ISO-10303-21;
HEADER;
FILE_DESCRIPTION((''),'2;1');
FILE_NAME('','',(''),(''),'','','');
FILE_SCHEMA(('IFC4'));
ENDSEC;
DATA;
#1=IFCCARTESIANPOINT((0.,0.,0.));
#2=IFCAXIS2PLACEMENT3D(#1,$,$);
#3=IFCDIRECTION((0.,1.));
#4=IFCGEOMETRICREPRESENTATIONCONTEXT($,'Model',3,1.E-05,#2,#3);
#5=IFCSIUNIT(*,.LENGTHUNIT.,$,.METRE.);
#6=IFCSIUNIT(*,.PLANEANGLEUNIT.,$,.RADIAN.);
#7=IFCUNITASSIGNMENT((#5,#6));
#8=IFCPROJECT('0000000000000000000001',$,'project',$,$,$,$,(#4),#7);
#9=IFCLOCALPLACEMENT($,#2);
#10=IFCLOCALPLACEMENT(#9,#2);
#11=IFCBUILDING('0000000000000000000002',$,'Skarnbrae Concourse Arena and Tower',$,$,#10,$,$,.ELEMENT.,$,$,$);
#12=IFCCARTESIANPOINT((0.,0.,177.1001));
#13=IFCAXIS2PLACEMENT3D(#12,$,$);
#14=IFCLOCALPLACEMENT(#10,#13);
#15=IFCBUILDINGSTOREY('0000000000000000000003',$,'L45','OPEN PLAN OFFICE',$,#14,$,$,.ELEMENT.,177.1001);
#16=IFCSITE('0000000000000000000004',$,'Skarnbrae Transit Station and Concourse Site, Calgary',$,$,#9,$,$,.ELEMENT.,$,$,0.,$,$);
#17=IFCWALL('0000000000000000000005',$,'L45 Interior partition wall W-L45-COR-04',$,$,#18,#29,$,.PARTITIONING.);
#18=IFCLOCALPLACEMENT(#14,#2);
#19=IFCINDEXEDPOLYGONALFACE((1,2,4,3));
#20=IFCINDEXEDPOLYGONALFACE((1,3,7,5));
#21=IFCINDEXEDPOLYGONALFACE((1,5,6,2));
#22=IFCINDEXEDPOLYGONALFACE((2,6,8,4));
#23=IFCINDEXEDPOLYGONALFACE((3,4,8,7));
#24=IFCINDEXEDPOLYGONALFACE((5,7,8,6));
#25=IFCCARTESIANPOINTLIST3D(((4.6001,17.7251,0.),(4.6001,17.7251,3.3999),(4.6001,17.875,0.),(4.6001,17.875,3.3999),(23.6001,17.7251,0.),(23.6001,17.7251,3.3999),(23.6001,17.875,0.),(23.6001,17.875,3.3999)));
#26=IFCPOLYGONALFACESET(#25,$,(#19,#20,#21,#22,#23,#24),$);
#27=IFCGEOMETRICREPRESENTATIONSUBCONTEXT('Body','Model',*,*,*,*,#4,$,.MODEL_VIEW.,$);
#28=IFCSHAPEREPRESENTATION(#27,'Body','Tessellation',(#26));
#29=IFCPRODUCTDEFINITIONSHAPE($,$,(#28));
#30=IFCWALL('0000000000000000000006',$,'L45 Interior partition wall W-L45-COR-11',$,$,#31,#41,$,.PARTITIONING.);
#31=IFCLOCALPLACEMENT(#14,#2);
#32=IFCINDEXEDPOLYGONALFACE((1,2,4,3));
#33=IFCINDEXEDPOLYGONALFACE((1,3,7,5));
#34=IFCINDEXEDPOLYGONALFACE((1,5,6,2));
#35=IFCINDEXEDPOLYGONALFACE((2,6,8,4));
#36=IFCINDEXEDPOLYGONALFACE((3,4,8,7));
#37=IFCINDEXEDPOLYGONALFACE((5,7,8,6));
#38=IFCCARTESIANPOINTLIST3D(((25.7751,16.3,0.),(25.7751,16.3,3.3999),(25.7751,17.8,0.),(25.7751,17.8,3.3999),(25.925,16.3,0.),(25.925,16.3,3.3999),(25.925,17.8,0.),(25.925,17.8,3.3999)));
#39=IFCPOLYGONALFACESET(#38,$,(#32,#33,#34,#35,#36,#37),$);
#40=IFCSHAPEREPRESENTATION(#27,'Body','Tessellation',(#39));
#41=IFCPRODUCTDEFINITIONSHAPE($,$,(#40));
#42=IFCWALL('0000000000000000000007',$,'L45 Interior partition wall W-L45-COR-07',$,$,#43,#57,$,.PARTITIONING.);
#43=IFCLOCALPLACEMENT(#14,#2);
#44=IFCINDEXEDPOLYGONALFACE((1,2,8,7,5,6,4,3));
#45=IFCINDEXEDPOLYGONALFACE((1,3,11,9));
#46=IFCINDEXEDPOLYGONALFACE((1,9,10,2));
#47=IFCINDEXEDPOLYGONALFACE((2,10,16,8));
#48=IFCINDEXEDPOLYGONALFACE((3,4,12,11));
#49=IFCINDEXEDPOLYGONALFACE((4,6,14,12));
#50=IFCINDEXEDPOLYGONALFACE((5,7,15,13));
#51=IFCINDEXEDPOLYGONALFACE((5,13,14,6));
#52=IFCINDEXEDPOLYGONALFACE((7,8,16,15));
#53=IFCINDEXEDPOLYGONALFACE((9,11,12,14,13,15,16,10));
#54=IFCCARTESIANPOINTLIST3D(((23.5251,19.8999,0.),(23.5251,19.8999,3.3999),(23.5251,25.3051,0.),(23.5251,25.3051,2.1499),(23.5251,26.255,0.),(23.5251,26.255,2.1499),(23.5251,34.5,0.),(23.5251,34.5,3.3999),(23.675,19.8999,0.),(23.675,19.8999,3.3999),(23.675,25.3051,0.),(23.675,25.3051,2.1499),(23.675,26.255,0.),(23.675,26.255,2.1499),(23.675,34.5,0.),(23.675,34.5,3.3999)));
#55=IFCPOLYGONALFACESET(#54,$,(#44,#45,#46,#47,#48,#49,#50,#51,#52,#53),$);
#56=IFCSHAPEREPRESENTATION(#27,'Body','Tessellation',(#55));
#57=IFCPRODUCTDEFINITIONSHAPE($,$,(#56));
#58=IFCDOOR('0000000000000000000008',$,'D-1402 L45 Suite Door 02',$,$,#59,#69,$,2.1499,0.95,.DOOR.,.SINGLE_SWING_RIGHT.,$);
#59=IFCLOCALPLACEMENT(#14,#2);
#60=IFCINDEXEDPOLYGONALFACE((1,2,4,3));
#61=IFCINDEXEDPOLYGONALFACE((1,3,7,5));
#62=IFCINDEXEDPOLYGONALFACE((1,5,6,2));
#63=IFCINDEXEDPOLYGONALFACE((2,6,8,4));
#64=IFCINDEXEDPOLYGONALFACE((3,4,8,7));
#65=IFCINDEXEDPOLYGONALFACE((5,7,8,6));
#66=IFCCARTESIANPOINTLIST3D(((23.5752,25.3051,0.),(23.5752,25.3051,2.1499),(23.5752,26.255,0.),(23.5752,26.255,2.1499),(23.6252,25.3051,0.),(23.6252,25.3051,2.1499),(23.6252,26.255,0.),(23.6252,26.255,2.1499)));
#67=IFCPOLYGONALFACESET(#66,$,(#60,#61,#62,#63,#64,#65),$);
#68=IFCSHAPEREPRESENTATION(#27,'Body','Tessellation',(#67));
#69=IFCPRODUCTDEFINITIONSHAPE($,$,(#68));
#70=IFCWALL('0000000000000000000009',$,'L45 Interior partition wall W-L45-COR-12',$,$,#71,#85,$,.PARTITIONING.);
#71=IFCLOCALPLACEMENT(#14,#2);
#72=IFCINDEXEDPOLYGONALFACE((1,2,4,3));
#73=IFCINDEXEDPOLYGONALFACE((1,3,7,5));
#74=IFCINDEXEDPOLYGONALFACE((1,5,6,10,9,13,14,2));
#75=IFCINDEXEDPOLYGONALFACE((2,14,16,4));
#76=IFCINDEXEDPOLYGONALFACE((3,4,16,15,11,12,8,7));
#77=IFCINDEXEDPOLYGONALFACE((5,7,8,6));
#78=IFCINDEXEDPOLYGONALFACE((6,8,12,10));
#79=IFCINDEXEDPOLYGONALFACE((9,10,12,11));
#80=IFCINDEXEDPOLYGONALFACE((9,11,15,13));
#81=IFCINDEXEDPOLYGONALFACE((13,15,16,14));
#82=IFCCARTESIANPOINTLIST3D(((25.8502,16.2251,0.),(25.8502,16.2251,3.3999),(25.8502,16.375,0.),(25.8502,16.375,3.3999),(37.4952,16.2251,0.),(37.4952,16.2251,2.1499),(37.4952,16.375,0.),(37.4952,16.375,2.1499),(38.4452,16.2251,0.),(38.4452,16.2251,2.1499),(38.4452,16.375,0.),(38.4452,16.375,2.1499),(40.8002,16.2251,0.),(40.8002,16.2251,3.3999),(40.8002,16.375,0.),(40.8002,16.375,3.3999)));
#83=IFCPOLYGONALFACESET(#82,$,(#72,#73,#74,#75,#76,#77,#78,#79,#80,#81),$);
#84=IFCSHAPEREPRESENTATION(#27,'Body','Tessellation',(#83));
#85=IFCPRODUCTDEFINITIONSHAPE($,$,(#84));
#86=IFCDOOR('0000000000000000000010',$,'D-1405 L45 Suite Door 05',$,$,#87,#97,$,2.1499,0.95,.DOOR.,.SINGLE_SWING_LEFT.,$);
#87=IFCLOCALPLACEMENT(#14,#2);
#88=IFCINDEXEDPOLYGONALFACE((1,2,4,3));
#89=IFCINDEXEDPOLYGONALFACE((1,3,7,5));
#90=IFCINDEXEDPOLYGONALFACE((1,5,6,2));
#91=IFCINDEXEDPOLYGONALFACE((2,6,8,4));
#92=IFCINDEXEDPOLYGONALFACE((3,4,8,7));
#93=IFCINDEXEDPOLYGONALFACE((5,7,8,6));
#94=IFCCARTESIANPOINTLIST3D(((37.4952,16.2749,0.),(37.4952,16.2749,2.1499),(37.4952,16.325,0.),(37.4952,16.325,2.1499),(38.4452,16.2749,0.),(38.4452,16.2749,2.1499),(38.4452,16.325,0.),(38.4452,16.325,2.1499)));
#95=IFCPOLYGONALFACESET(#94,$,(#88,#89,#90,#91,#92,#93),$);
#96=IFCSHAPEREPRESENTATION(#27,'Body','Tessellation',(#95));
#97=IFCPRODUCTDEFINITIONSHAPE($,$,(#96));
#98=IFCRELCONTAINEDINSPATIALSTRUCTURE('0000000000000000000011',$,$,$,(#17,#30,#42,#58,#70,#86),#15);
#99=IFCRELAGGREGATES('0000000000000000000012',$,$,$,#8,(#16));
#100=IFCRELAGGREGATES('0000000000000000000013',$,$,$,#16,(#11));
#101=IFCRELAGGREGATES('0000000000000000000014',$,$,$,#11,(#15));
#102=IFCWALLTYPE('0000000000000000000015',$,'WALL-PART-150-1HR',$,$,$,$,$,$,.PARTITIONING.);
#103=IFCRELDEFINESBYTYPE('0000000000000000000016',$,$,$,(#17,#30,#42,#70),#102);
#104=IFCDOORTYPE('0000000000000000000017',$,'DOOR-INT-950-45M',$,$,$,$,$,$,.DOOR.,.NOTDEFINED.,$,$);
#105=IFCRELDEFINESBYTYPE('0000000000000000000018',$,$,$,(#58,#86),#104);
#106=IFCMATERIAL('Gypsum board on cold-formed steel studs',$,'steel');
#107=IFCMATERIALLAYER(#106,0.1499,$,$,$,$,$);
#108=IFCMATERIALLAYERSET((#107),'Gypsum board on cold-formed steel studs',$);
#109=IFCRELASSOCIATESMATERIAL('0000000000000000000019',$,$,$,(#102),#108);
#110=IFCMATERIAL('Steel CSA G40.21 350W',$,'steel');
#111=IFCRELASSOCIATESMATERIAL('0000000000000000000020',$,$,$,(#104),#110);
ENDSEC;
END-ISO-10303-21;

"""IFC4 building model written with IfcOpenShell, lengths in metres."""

from ifc_helpers import new_model, si_unit, direction, frame, frame_2d, origin, place, context, subcontext, project, spatial, rectangle, extrude, source, transform, mapped, material, layer, layer_set, type_object, element, fill, save


model = new_model("IFC4")

# Units and contexts
model_context = context("Model", 3, precision=1e-05, world=origin(), true_north=direction((0.0, 1.0)))
body_context = subcontext(model_context, "Body", "Model", "MODEL_VIEW")
ifc_project = project(units=[si_unit("LENGTHUNIT", "METRE"), si_unit("PLANEANGLEUNIT", "RADIAN")], contexts=[model_context])

# Site, building, storey
site_placement = place(None, origin())
site = spatial("IfcSite", under=ifc_project, at=site_placement, Name="Skarnbrae Transit Station and Concourse Site, Calgary", CompositionType="ELEMENT", RefElevation=0.0)
building_placement = place(site_placement, origin())
building = spatial("IfcBuilding", under=site, at=building_placement, Name="Skarnbrae Concourse Arena and Tower", CompositionType="ELEMENT")
storey_placement = place(building_placement, frame((0.0, 0.0, 177.1001)))
storey = spatial("IfcBuildingStorey", under=building, at=storey_placement, Name="L45", Description="OPEN PLAN OFFICE", CompositionType="ELEMENT", Elevation=177.1001)

# Shared definitions
ifc_material_1 = material(Name="Steel CSA G40.21 350W", Category="steel")

# Shared definitions
ifc_material_2 = material(Name="Gypsum board on cold-formed steel studs", Category="steel")

# Walls
ifc_layer_1 = layer(ifc_material_2, 0.1499)
ifc_layer_set_1 = layer_set([ifc_layer_1], Name="Gypsum board on cold-formed steel studs")
wall_type_1 = type_object("IfcWallType", Name="WALL-PART-150-1HR", PredefinedType="PARTITIONING", material=ifc_layer_set_1)
shared_shape_1 = source(origin(), body_context, "Body", "SweptSolid", [
    extrude(rectangle(XDim=19.0, YDim=0.1499, at=frame_2d((9.5, 0.0))), origin(), (0.0, 0.0, 1.0), 3.3999),
])
wall_1_placement = place(storey_placement, frame((23.6001, 17.8, 0.0), z_axis=(0.0, 0.0, 1.0), x_axis=(-1.0, 0.0, 0.0)))
element("IfcWall", 1, at=wall_1_placement, inside=storey, type_object=wall_type_1, Name="L45 Interior partition wall W-L45-COR-04", PredefinedType="PARTITIONING", context=body_context, shape_type="MappedRepresentation", body=[
    mapped(shared_shape_1, transform((0.0, 0.0, 0.0))),
])
shared_shape_2 = source(origin(), body_context, "Body", "SweptSolid", [
    extrude(rectangle(XDim=1.5, YDim=0.1499, at=frame_2d((0.75, 0.0))), origin(), (0.0, 0.0, 1.0), 3.3999),
])
wall_2_placement = place(storey_placement, frame((25.8501, 17.8, 0.0), z_axis=(0.0, 0.0, 1.0), x_axis=(0.0, -1.0, 0.0)))
element("IfcWall", 2, at=wall_2_placement, inside=storey, type_object=wall_type_1, Name="L45 Interior partition wall W-L45-COR-11", PredefinedType="PARTITIONING", context=body_context, shape_type="MappedRepresentation", body=[
    mapped(shared_shape_2, transform((0.0, 0.0, 0.0))),
])

# Walls, openings, doors
shared_shape_3 = source(origin(), body_context, "Body", "SweptSolid", [
    extrude(rectangle(XDim=14.6001, YDim=0.1499, at=frame_2d((7.3, 0.0))), origin(), (0.0, 0.0, 1.0), 3.3999),
])
wall_3_placement = place(storey_placement, frame((23.6001, 19.8999, 0.0), z_axis=(0.0, 0.0, 1.0), x_axis=(0.0, 1.0, 0.0)))
wall_3 = element("IfcWall", 3, at=wall_3_placement, inside=storey, type_object=wall_type_1, Name="L45 Interior partition wall W-L45-COR-07", PredefinedType="PARTITIONING", context=body_context, shape_type="MappedRepresentation", body=[
    mapped(shared_shape_3, transform((0.0, 0.0, 0.0))),
])
opening_1_placement = place(wall_3_placement, frame((5.405, 0.0, 0.0)))
opening_1 = element("IfcOpeningElement", 4, at=opening_1_placement, cuts=wall_3, PredefinedType="OPENING", context=body_context, shape_type="SweptSolid", body=[
    extrude(rectangle(XDim=0.95, YDim=2.1499, at=frame_2d((0.4751, 1.075))), frame((0.0, 0.085, 0.0), z_axis=(0.0, -1.0, 0.0), x_axis=(1.0, 0.0, 0.0)), (0.0, 0.0, 1.0), 0.1699),
])
door_type_1 = type_object("IfcDoorType", Name="DOOR-INT-950-45M", OperationType="NOTDEFINED", PredefinedType="DOOR", material=ifc_material_1)
shared_shape_4 = source(origin(), body_context, "Body", "SweptSolid", [
    extrude(rectangle(XDim=0.95, YDim=2.1499, at=frame_2d((0.4751, 1.075))), frame((0.0, 0.0249, 0.0), z_axis=(0.0, -1.0, 0.0), x_axis=(1.0, 0.0, 0.0)), (0.0, 0.0, 1.0), 0.05),
])
door_1_placement = place(opening_1_placement, origin())
door_1 = element("IfcDoor", 5, at=door_1_placement, inside=storey, type_object=door_type_1, Name="D-1402 L45 Suite Door 02", OperationType="SINGLE_SWING_RIGHT", OverallHeight=2.1499, OverallWidth=0.95, PredefinedType="DOOR", context=body_context, shape_type="MappedRepresentation", body=[
    mapped(shared_shape_4, transform((0.0, 0.0, 0.0))),
])
fill(opening_1, door_1)
shared_shape_5 = source(origin(), body_context, "Body", "SweptSolid", [
    extrude(rectangle(XDim=14.95, YDim=0.1499, at=frame_2d((7.4751, 0.0))), origin(), (0.0, 0.0, 1.0), 3.3999),
])
wall_4_placement = place(storey_placement, frame((25.8501, 16.3, 0.0), z_axis=(0.0, 0.0, 1.0), x_axis=(1.0, 0.0, 0.0)))
wall_4 = element("IfcWall", 6, at=wall_4_placement, inside=storey, type_object=wall_type_1, Name="L45 Interior partition wall W-L45-COR-12", PredefinedType="PARTITIONING", context=body_context, shape_type="MappedRepresentation", body=[
    mapped(shared_shape_5, transform((0.0, 0.0, 0.0))),
])
opening_2_placement = place(wall_4_placement, frame((11.645, 0.0, 0.0)))
opening_2 = element("IfcOpeningElement", 7, at=opening_2_placement, cuts=wall_4, PredefinedType="OPENING", context=body_context, shape_type="SweptSolid", body=[
    extrude(rectangle(XDim=0.95, YDim=2.1499, at=frame_2d((0.4751, 1.075))), frame((0.0, 0.085, 0.0), z_axis=(0.0, -1.0, 0.0), x_axis=(1.0, 0.0, 0.0)), (0.0, 0.0, 1.0), 0.1699),
])
door_2_placement = place(opening_2_placement, origin())
door_2 = element("IfcDoor", 8, at=door_2_placement, inside=storey, type_object=door_type_1, Name="D-1405 L45 Suite Door 05", OperationType="SINGLE_SWING_LEFT", OverallHeight=2.1499, OverallWidth=0.95, PredefinedType="DOOR", context=body_context, shape_type="MappedRepresentation", body=[
    mapped(shared_shape_4, transform((0.0, 0.0, 0.0))),
])
fill(opening_2, door_2)

save(model, "model.ifc")
